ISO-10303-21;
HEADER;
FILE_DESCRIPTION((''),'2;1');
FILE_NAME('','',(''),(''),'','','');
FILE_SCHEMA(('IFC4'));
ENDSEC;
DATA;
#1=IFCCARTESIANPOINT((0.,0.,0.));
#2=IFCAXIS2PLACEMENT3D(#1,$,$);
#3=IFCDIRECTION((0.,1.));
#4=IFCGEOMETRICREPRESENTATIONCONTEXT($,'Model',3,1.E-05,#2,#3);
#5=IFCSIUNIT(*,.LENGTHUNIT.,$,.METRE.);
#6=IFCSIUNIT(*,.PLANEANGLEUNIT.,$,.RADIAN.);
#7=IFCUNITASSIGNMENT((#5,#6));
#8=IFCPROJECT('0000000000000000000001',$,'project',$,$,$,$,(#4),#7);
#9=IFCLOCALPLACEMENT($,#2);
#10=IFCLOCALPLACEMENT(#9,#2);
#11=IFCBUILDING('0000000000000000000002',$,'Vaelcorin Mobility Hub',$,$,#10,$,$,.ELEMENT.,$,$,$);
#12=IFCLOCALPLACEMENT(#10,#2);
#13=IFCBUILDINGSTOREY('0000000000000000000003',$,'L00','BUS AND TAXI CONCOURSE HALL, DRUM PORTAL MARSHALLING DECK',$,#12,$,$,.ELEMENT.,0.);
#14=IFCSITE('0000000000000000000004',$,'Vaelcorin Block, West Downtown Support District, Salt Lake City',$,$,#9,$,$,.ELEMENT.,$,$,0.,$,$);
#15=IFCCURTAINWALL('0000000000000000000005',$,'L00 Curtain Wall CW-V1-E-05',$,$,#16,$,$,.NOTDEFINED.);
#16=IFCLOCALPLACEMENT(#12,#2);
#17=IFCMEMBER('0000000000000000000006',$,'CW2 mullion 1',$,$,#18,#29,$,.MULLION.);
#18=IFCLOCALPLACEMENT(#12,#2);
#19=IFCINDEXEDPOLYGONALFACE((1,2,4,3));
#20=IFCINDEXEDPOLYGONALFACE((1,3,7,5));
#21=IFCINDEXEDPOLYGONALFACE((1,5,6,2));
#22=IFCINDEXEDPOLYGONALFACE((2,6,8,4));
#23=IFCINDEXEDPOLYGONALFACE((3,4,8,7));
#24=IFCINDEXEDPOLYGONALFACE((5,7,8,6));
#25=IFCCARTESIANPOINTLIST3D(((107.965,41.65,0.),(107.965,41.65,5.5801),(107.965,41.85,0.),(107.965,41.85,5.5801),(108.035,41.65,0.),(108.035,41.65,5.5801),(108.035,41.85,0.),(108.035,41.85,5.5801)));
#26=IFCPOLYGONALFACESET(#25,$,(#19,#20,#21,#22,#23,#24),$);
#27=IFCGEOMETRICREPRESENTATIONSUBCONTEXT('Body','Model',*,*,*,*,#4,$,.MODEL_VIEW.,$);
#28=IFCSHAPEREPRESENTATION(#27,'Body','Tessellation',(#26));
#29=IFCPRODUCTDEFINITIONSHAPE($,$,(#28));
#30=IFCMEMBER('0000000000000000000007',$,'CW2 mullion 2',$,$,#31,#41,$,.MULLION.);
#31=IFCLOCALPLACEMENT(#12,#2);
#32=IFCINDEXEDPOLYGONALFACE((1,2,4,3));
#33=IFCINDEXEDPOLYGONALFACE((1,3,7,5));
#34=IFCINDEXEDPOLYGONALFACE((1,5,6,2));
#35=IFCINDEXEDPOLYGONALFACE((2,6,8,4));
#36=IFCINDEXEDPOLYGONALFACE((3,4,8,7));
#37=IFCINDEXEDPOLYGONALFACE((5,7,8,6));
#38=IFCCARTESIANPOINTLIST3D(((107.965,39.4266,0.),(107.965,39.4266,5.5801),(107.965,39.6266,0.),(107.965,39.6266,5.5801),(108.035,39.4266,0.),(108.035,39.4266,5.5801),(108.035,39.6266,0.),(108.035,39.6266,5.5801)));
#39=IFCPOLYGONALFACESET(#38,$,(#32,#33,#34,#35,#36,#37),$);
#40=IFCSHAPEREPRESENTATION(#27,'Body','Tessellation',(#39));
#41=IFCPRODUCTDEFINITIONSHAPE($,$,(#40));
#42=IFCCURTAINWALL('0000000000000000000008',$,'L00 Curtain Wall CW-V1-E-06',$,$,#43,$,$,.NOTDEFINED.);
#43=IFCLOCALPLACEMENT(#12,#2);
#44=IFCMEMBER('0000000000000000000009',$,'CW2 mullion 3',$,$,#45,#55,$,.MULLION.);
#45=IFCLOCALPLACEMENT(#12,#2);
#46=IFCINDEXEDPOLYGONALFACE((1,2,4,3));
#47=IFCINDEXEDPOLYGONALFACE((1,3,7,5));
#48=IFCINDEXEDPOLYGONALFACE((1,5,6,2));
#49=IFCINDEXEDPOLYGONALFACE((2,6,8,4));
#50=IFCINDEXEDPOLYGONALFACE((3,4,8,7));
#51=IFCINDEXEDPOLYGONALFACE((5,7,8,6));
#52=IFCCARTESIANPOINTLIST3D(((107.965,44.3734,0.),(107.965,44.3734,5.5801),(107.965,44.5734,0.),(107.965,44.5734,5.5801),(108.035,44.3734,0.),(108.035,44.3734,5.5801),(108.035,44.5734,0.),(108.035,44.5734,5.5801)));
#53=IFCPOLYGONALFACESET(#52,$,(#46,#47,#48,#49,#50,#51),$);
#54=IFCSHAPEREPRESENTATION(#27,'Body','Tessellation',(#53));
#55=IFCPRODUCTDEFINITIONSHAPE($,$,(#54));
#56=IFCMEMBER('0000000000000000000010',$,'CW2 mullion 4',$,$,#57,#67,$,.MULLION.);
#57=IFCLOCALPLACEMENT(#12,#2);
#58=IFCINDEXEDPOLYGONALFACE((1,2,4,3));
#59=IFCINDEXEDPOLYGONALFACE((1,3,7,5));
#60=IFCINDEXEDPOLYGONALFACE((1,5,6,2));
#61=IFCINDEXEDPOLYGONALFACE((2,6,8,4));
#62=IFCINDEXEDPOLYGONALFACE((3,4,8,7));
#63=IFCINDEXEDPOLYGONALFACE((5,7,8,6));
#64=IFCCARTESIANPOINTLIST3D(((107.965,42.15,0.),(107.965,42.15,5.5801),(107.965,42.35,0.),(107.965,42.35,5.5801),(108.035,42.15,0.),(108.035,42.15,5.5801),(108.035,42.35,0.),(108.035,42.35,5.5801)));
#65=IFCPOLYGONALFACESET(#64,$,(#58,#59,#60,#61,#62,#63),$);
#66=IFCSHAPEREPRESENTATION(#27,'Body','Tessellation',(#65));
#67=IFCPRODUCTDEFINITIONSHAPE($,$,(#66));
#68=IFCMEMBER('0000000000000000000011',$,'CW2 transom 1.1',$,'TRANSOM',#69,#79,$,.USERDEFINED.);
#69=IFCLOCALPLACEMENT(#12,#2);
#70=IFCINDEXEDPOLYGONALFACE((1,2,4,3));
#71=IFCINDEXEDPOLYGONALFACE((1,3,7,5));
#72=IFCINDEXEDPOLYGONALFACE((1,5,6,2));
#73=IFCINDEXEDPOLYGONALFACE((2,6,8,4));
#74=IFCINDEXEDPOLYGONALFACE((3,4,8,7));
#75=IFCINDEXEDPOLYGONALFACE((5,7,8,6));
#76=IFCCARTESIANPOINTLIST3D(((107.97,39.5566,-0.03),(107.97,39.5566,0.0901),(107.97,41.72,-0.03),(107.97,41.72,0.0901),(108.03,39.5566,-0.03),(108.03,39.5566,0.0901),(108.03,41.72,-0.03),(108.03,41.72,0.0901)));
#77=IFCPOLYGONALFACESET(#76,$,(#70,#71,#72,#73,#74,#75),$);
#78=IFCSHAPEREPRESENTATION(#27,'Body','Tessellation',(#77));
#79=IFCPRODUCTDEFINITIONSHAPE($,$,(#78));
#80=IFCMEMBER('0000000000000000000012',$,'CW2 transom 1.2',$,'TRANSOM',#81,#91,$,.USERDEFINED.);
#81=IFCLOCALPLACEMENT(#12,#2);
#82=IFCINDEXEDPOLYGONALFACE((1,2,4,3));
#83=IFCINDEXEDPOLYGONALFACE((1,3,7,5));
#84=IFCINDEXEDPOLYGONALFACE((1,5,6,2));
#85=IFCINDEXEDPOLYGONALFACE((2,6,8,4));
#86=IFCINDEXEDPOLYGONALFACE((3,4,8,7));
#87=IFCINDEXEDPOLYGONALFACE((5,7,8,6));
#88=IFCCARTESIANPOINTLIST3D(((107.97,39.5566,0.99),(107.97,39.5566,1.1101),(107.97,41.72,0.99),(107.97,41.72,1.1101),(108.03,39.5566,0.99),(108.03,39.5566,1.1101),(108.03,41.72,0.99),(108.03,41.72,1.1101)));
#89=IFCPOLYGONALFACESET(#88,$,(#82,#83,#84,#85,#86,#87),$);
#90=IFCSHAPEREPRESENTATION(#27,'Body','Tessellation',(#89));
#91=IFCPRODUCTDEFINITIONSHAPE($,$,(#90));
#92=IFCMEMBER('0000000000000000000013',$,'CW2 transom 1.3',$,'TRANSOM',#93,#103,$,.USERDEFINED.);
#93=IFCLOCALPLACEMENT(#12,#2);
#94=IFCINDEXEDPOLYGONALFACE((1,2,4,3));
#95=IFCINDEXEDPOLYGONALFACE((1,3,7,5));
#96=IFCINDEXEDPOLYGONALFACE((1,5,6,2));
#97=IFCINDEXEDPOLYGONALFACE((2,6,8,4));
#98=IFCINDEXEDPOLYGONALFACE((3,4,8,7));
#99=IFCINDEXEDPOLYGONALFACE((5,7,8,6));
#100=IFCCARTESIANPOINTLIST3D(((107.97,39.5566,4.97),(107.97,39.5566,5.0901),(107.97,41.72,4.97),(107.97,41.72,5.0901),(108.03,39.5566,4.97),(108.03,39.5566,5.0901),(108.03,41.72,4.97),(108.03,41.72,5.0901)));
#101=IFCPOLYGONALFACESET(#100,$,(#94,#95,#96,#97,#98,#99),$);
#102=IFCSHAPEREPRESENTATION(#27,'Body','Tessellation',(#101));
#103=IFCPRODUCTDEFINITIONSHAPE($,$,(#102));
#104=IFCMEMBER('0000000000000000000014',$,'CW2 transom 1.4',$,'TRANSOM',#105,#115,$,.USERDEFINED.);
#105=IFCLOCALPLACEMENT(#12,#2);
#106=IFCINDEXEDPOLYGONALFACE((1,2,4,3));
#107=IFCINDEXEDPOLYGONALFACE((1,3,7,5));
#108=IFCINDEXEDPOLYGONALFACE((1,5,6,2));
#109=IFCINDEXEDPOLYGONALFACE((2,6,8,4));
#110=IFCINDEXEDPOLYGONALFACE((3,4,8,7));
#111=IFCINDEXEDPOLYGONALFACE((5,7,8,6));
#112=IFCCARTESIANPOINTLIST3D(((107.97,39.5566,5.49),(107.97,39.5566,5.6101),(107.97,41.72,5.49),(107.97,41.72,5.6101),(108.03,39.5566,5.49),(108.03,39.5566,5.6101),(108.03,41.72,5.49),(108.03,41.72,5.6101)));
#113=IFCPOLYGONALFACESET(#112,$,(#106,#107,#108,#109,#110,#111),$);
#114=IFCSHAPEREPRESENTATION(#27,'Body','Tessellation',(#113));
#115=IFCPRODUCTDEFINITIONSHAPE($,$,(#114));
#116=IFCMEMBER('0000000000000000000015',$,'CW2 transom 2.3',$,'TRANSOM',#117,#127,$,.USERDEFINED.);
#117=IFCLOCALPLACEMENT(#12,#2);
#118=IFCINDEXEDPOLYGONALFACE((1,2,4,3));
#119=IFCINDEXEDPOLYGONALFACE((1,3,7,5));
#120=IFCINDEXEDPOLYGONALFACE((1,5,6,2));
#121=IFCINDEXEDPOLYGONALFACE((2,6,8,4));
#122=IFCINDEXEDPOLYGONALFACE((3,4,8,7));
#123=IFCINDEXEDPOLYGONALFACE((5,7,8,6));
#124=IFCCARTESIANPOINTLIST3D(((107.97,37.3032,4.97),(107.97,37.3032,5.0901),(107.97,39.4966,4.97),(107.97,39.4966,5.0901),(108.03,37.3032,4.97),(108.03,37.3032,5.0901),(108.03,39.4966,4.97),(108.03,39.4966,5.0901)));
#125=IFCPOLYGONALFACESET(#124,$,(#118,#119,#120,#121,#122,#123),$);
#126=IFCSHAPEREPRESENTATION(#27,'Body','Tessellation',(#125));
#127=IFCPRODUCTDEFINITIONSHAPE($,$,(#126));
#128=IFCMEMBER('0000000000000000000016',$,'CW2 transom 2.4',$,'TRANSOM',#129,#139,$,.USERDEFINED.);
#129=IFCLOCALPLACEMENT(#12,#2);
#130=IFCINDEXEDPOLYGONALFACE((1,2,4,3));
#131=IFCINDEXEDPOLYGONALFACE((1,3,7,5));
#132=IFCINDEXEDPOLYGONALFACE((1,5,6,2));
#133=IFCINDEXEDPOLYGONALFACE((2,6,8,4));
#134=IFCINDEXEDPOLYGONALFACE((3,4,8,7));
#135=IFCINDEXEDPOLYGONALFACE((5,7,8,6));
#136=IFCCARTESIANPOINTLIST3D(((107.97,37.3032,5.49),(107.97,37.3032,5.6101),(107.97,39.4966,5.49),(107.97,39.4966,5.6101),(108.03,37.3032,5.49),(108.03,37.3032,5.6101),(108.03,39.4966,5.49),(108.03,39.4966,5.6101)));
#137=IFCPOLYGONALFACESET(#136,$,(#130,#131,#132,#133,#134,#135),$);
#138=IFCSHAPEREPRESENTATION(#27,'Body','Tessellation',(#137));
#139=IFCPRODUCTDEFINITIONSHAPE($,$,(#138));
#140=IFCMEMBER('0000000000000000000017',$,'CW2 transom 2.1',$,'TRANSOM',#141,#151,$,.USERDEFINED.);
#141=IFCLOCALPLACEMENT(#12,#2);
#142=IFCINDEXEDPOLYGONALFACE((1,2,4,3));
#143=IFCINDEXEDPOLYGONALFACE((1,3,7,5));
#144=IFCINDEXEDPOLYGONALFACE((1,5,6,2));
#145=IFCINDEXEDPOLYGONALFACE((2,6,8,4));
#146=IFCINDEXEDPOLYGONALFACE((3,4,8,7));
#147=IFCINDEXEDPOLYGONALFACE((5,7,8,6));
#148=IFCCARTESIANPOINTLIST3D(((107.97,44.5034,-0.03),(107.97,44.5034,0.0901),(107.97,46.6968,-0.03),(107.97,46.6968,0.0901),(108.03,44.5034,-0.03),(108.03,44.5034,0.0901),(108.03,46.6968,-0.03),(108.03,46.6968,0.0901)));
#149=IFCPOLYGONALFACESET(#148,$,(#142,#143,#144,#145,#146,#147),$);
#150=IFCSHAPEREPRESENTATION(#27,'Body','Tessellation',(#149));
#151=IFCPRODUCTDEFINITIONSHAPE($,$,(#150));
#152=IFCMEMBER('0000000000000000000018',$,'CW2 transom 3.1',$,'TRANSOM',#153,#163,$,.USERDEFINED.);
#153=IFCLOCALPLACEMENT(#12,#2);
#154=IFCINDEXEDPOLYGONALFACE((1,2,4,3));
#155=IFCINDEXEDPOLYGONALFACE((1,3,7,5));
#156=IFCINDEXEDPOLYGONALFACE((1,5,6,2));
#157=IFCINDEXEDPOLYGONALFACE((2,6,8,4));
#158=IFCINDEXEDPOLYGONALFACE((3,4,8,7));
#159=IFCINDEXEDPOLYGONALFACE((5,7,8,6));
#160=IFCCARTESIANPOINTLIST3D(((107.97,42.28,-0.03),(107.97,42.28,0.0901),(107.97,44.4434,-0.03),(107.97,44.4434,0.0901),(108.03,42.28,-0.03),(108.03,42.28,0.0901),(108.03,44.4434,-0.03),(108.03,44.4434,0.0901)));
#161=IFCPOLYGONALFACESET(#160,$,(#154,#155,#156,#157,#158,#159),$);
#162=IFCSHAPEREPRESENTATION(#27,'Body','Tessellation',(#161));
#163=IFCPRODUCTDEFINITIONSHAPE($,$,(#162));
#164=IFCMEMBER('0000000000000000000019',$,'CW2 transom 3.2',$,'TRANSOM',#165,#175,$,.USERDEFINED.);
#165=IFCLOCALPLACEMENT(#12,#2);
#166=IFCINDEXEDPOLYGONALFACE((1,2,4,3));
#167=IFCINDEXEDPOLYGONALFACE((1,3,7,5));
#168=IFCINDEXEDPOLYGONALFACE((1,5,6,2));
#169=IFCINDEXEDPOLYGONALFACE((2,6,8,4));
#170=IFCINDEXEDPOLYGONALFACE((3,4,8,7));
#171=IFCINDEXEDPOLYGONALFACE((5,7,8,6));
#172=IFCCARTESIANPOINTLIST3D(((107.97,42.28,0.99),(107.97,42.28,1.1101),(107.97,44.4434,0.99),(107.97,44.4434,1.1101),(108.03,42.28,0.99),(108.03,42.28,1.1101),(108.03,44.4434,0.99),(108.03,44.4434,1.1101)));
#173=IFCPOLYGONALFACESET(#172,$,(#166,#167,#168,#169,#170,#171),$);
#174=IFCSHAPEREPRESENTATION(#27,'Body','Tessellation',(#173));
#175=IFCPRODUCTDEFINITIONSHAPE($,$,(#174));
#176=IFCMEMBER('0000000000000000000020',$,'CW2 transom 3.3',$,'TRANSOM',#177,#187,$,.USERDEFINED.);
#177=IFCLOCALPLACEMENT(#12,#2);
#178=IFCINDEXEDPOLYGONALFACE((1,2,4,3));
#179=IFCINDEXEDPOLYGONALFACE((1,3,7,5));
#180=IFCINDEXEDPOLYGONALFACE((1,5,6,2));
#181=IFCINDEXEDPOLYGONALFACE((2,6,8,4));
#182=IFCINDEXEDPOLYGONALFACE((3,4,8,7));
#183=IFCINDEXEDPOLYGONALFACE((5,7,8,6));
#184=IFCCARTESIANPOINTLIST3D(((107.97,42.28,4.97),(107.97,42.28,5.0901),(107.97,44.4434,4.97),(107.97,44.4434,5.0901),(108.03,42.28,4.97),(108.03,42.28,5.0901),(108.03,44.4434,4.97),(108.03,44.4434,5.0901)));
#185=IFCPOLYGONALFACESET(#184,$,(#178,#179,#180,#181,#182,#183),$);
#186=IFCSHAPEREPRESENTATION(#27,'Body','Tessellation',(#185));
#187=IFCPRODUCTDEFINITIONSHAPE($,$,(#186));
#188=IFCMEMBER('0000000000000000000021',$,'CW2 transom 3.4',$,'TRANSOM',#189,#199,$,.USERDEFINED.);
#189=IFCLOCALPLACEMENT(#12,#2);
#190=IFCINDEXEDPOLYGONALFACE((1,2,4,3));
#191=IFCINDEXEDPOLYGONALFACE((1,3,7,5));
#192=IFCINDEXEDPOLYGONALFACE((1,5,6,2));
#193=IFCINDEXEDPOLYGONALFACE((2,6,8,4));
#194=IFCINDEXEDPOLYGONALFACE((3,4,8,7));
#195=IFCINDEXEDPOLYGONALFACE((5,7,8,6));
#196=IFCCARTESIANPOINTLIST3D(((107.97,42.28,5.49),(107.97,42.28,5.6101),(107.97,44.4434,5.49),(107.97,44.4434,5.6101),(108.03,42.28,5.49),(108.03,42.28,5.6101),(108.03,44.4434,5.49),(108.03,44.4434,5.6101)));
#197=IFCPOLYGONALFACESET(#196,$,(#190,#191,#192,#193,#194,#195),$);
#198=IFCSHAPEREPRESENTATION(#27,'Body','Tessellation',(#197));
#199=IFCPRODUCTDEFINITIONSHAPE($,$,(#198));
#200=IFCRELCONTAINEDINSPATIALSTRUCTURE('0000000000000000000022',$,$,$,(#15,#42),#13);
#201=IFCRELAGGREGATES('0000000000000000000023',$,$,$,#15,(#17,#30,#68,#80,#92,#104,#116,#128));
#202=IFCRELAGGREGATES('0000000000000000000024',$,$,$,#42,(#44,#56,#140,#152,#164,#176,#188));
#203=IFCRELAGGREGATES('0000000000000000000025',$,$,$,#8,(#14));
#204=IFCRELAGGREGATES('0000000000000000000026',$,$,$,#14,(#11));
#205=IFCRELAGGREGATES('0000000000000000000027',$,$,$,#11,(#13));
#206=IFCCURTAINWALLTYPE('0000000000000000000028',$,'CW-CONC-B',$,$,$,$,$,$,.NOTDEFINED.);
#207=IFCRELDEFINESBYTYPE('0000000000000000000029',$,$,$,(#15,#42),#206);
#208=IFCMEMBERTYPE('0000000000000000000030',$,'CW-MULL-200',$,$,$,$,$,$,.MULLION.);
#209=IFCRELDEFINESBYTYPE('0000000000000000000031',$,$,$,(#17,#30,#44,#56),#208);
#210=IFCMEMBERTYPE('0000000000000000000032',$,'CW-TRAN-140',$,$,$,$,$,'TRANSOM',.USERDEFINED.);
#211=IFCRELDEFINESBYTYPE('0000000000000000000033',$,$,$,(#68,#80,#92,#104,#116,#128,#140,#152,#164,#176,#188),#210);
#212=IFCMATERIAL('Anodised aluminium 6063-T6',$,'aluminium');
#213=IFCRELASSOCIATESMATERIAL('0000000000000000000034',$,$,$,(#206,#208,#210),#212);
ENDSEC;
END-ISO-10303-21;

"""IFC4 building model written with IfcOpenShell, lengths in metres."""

from ifc_helpers import new_model, si_unit, direction, frame, origin, origin_2d, place, context, subcontext, project, spatial, rectangle, extrude, material, material_profile, profile_set, type_object, element, aggregate, save


model = new_model("IFC4")

# Units and contexts
model_context = context("Model", 3, precision=1e-05, world=origin(), true_north=direction((0.0, 1.0)))
body_context = subcontext(model_context, "Body", "Model", "MODEL_VIEW")
ifc_project = project(units=[si_unit("LENGTHUNIT", "METRE"), si_unit("PLANEANGLEUNIT", "RADIAN")], contexts=[model_context])

# Site, building, storey
site_placement = place(None, origin())
site = spatial("IfcSite", under=ifc_project, at=site_placement, Name="Vaelcorin Block, West Downtown Support District, Salt Lake City", CompositionType="ELEMENT", RefElevation=0.0)
building_placement = place(site_placement, origin())
building = spatial("IfcBuilding", under=site, at=building_placement, Name="Vaelcorin Mobility Hub", CompositionType="ELEMENT")
storey_placement = place(building_placement, origin())
storey = spatial("IfcBuildingStorey", under=building, at=storey_placement, Name="L00", Description="BUS AND TAXI CONCOURSE HALL, DRUM PORTAL MARSHALLING DECK", CompositionType="ELEMENT", Elevation=0.0)

# Curtain walls, members
ifc_material_1 = material(Name="Anodised aluminium 6063-T6", Category="aluminium")
curtain_wall_type = type_object("IfcCurtainWallType", Name="CW-CONC-B", PredefinedType="NOTDEFINED", material=ifc_material_1)
curtain_wall_1_placement = place(storey_placement, origin())
curtain_wall_1 = element("IfcCurtainWall", 1, at=curtain_wall_1_placement, inside=storey, type_object=curtain_wall_type, Name="L00 Curtain Wall CW-V1-E-05", PredefinedType="NOTDEFINED")
ifc_material_profile_1 = material_profile(ifc_material_1, rectangle(XDim=0.0701, YDim=0.2, at=origin_2d()), Name="ALU-M70X200")
ifc_profile_set_1 = profile_set([ifc_material_profile_1], Name="Anodised aluminium 6063-T6")
member_type_1 = type_object("IfcMemberType", Name="CW-MULL-200", PredefinedType="MULLION", material=ifc_profile_set_1)
member_1_placement = place(storey_placement, frame((108.0, 41.75, 0.0), z_axis=(0.0, 0.0, 1.0), x_axis=(1.0, 0.0, 0.0)))
member_1 = element("IfcMember", 2, at=member_1_placement, type_object=member_type_1, Name="CW2 mullion 1", PredefinedType="MULLION", context=body_context, shape_type="SweptSolid", body=[
    extrude(rectangle(XDim=0.0701, YDim=0.2, at=origin_2d()), origin(), (0.0, 0.0, 1.0), 5.5801),
])
member_2_placement = place(storey_placement, frame((108.0, 39.5266, 0.0), z_axis=(0.0, 0.0, 1.0), x_axis=(1.0, 0.0, 0.0)))
member_2 = element("IfcMember", 3, at=member_2_placement, type_object=member_type_1, Name="CW2 mullion 2", PredefinedType="MULLION", context=body_context, shape_type="SweptSolid", body=[
    extrude(rectangle(XDim=0.0701, YDim=0.2, at=origin_2d()), origin(), (0.0, 0.0, 1.0), 5.5801),
])
curtain_wall_2_placement = place(storey_placement, origin())
curtain_wall_2 = element("IfcCurtainWall", 4, at=curtain_wall_2_placement, inside=storey, type_object=curtain_wall_type, Name="L00 Curtain Wall CW-V1-E-06", PredefinedType="NOTDEFINED")
member_3_placement = place(storey_placement, frame((108.0, 44.4734, 0.0), z_axis=(0.0, 0.0, 1.0), x_axis=(1.0, 0.0, 0.0)))
member_3 = element("IfcMember", 5, at=member_3_placement, type_object=member_type_1, Name="CW2 mullion 3", PredefinedType="MULLION", context=body_context, shape_type="SweptSolid", body=[
    extrude(rectangle(XDim=0.0701, YDim=0.2, at=origin_2d()), origin(), (0.0, 0.0, 1.0), 5.5801),
])
member_4_placement = place(storey_placement, frame((108.0, 42.25, 0.0), z_axis=(0.0, 0.0, 1.0), x_axis=(1.0, 0.0, 0.0)))
member_4 = element("IfcMember", 6, at=member_4_placement, type_object=member_type_1, Name="CW2 mullion 4", PredefinedType="MULLION", context=body_context, shape_type="SweptSolid", body=[
    extrude(rectangle(XDim=0.0701, YDim=0.2, at=origin_2d()), origin(), (0.0, 0.0, 1.0), 5.5801),
])

# Members
ifc_material_profile_2 = material_profile(ifc_material_1, rectangle(XDim=0.0601, YDim=0.1201, at=origin_2d()), Name="ALU-T60X120")
ifc_profile_set_2 = profile_set([ifc_material_profile_2], Name="Anodised aluminium 6063-T6")
member_type_2 = type_object("IfcMemberType", Name="CW-TRAN-140", ElementType="TRANSOM", PredefinedType="USERDEFINED", material=ifc_profile_set_2)
member_5_placement = place(storey_placement, frame((108.0, 41.72, 0.03), z_axis=(0.0, -1.0, 0.0), x_axis=(1.0, 0.0, 0.0)))
member_5 = element("IfcMember", 7, at=member_5_placement, type_object=member_type_2, Name="CW2 transom 1.1", ObjectType="TRANSOM", PredefinedType="USERDEFINED", context=body_context, shape_type="SweptSolid", body=[
    extrude(rectangle(XDim=0.0601, YDim=0.1201, at=origin_2d()), origin(), (0.0, 0.0, 1.0), 2.1633),
])
member_6_placement = place(storey_placement, frame((108.0, 41.72, 1.05), z_axis=(0.0, -1.0, 0.0), x_axis=(1.0, 0.0, 0.0)))
member_6 = element("IfcMember", 8, at=member_6_placement, type_object=member_type_2, Name="CW2 transom 1.2", ObjectType="TRANSOM", PredefinedType="USERDEFINED", context=body_context, shape_type="SweptSolid", body=[
    extrude(rectangle(XDim=0.0601, YDim=0.1201, at=origin_2d()), origin(), (0.0, 0.0, 1.0), 2.1633),
])
member_7_placement = place(storey_placement, frame((108.0, 41.72, 5.03), z_axis=(0.0, -1.0, 0.0), x_axis=(1.0, 0.0, 0.0)))
member_7 = element("IfcMember", 9, at=member_7_placement, type_object=member_type_2, Name="CW2 transom 1.3", ObjectType="TRANSOM", PredefinedType="USERDEFINED", context=body_context, shape_type="SweptSolid", body=[
    extrude(rectangle(XDim=0.0601, YDim=0.1201, at=origin_2d()), origin(), (0.0, 0.0, 1.0), 2.1633),
])
member_8_placement = place(storey_placement, frame((108.0, 41.72, 5.55), z_axis=(0.0, -1.0, 0.0), x_axis=(1.0, 0.0, 0.0)))
member_8 = element("IfcMember", 10, at=member_8_placement, type_object=member_type_2, Name="CW2 transom 1.4", ObjectType="TRANSOM", PredefinedType="USERDEFINED", context=body_context, shape_type="SweptSolid", body=[
    extrude(rectangle(XDim=0.0601, YDim=0.1201, at=origin_2d()), origin(), (0.0, 0.0, 1.0), 2.1633),
])
member_9_placement = place(storey_placement, frame((108.0, 39.4966, 5.03), z_axis=(0.0, -1.0, 0.0), x_axis=(1.0, 0.0, 0.0)))
member_9 = element("IfcMember", 11, at=member_9_placement, type_object=member_type_2, Name="CW2 transom 2.3", ObjectType="TRANSOM", PredefinedType="USERDEFINED", context=body_context, shape_type="SweptSolid", body=[
    extrude(rectangle(XDim=0.0601, YDim=0.1201, at=origin_2d()), origin(), (0.0, 0.0, 1.0), 2.1934),
])
member_10_placement = place(storey_placement, frame((108.0, 39.4966, 5.55), z_axis=(0.0, -1.0, 0.0), x_axis=(1.0, 0.0, 0.0)))
member_10 = element("IfcMember", 12, at=member_10_placement, type_object=member_type_2, Name="CW2 transom 2.4", ObjectType="TRANSOM", PredefinedType="USERDEFINED", context=body_context, shape_type="SweptSolid", body=[
    extrude(rectangle(XDim=0.0601, YDim=0.1201, at=origin_2d()), origin(), (0.0, 0.0, 1.0), 2.1934),
])
member_11_placement = place(storey_placement, frame((108.0, 46.6968, 0.03), z_axis=(0.0, -1.0, 0.0), x_axis=(1.0, 0.0, 0.0)))
member_11 = element("IfcMember", 13, at=member_11_placement, type_object=member_type_2, Name="CW2 transom 2.1", ObjectType="TRANSOM", PredefinedType="USERDEFINED", context=body_context, shape_type="SweptSolid", body=[
    extrude(rectangle(XDim=0.0601, YDim=0.1201, at=origin_2d()), origin(), (0.0, 0.0, 1.0), 2.1934),
])
member_12_placement = place(storey_placement, frame((108.0, 44.4434, 0.03), z_axis=(0.0, -1.0, 0.0), x_axis=(1.0, 0.0, 0.0)))
member_12 = element("IfcMember", 14, at=member_12_placement, type_object=member_type_2, Name="CW2 transom 3.1", ObjectType="TRANSOM", PredefinedType="USERDEFINED", context=body_context, shape_type="SweptSolid", body=[
    extrude(rectangle(XDim=0.0601, YDim=0.1201, at=origin_2d()), origin(), (0.0, 0.0, 1.0), 2.1633),
])
member_13_placement = place(storey_placement, frame((108.0, 44.4434, 1.05), z_axis=(0.0, -1.0, 0.0), x_axis=(1.0, 0.0, 0.0)))
member_13 = element("IfcMember", 15, at=member_13_placement, type_object=member_type_2, Name="CW2 transom 3.2", ObjectType="TRANSOM", PredefinedType="USERDEFINED", context=body_context, shape_type="SweptSolid", body=[
    extrude(rectangle(XDim=0.0601, YDim=0.1201, at=origin_2d()), origin(), (0.0, 0.0, 1.0), 2.1633),
])
member_14_placement = place(storey_placement, frame((108.0, 44.4434, 5.03), z_axis=(0.0, -1.0, 0.0), x_axis=(1.0, 0.0, 0.0)))
member_14 = element("IfcMember", 16, at=member_14_placement, type_object=member_type_2, Name="CW2 transom 3.3", ObjectType="TRANSOM", PredefinedType="USERDEFINED", context=body_context, shape_type="SweptSolid", body=[
    extrude(rectangle(XDim=0.0601, YDim=0.1201, at=origin_2d()), origin(), (0.0, 0.0, 1.0), 2.1633),
])
member_15_placement = place(storey_placement, frame((108.0, 44.4434, 5.55), z_axis=(0.0, -1.0, 0.0), x_axis=(1.0, 0.0, 0.0)))
member_15 = element("IfcMember", 17, at=member_15_placement, type_object=member_type_2, Name="CW2 transom 3.4", ObjectType="TRANSOM", PredefinedType="USERDEFINED", context=body_context, shape_type="SweptSolid", body=[
    extrude(rectangle(XDim=0.0601, YDim=0.1201, at=origin_2d()), origin(), (0.0, 0.0, 1.0), 2.1633),
])

aggregate(curtain_wall_1, [member_1, member_2, member_5, member_6, member_7, member_8, member_9, member_10])
aggregate(curtain_wall_2, [member_3, member_4, member_11, member_12, member_13, member_14, member_15])

save(model, "model.ifc")
